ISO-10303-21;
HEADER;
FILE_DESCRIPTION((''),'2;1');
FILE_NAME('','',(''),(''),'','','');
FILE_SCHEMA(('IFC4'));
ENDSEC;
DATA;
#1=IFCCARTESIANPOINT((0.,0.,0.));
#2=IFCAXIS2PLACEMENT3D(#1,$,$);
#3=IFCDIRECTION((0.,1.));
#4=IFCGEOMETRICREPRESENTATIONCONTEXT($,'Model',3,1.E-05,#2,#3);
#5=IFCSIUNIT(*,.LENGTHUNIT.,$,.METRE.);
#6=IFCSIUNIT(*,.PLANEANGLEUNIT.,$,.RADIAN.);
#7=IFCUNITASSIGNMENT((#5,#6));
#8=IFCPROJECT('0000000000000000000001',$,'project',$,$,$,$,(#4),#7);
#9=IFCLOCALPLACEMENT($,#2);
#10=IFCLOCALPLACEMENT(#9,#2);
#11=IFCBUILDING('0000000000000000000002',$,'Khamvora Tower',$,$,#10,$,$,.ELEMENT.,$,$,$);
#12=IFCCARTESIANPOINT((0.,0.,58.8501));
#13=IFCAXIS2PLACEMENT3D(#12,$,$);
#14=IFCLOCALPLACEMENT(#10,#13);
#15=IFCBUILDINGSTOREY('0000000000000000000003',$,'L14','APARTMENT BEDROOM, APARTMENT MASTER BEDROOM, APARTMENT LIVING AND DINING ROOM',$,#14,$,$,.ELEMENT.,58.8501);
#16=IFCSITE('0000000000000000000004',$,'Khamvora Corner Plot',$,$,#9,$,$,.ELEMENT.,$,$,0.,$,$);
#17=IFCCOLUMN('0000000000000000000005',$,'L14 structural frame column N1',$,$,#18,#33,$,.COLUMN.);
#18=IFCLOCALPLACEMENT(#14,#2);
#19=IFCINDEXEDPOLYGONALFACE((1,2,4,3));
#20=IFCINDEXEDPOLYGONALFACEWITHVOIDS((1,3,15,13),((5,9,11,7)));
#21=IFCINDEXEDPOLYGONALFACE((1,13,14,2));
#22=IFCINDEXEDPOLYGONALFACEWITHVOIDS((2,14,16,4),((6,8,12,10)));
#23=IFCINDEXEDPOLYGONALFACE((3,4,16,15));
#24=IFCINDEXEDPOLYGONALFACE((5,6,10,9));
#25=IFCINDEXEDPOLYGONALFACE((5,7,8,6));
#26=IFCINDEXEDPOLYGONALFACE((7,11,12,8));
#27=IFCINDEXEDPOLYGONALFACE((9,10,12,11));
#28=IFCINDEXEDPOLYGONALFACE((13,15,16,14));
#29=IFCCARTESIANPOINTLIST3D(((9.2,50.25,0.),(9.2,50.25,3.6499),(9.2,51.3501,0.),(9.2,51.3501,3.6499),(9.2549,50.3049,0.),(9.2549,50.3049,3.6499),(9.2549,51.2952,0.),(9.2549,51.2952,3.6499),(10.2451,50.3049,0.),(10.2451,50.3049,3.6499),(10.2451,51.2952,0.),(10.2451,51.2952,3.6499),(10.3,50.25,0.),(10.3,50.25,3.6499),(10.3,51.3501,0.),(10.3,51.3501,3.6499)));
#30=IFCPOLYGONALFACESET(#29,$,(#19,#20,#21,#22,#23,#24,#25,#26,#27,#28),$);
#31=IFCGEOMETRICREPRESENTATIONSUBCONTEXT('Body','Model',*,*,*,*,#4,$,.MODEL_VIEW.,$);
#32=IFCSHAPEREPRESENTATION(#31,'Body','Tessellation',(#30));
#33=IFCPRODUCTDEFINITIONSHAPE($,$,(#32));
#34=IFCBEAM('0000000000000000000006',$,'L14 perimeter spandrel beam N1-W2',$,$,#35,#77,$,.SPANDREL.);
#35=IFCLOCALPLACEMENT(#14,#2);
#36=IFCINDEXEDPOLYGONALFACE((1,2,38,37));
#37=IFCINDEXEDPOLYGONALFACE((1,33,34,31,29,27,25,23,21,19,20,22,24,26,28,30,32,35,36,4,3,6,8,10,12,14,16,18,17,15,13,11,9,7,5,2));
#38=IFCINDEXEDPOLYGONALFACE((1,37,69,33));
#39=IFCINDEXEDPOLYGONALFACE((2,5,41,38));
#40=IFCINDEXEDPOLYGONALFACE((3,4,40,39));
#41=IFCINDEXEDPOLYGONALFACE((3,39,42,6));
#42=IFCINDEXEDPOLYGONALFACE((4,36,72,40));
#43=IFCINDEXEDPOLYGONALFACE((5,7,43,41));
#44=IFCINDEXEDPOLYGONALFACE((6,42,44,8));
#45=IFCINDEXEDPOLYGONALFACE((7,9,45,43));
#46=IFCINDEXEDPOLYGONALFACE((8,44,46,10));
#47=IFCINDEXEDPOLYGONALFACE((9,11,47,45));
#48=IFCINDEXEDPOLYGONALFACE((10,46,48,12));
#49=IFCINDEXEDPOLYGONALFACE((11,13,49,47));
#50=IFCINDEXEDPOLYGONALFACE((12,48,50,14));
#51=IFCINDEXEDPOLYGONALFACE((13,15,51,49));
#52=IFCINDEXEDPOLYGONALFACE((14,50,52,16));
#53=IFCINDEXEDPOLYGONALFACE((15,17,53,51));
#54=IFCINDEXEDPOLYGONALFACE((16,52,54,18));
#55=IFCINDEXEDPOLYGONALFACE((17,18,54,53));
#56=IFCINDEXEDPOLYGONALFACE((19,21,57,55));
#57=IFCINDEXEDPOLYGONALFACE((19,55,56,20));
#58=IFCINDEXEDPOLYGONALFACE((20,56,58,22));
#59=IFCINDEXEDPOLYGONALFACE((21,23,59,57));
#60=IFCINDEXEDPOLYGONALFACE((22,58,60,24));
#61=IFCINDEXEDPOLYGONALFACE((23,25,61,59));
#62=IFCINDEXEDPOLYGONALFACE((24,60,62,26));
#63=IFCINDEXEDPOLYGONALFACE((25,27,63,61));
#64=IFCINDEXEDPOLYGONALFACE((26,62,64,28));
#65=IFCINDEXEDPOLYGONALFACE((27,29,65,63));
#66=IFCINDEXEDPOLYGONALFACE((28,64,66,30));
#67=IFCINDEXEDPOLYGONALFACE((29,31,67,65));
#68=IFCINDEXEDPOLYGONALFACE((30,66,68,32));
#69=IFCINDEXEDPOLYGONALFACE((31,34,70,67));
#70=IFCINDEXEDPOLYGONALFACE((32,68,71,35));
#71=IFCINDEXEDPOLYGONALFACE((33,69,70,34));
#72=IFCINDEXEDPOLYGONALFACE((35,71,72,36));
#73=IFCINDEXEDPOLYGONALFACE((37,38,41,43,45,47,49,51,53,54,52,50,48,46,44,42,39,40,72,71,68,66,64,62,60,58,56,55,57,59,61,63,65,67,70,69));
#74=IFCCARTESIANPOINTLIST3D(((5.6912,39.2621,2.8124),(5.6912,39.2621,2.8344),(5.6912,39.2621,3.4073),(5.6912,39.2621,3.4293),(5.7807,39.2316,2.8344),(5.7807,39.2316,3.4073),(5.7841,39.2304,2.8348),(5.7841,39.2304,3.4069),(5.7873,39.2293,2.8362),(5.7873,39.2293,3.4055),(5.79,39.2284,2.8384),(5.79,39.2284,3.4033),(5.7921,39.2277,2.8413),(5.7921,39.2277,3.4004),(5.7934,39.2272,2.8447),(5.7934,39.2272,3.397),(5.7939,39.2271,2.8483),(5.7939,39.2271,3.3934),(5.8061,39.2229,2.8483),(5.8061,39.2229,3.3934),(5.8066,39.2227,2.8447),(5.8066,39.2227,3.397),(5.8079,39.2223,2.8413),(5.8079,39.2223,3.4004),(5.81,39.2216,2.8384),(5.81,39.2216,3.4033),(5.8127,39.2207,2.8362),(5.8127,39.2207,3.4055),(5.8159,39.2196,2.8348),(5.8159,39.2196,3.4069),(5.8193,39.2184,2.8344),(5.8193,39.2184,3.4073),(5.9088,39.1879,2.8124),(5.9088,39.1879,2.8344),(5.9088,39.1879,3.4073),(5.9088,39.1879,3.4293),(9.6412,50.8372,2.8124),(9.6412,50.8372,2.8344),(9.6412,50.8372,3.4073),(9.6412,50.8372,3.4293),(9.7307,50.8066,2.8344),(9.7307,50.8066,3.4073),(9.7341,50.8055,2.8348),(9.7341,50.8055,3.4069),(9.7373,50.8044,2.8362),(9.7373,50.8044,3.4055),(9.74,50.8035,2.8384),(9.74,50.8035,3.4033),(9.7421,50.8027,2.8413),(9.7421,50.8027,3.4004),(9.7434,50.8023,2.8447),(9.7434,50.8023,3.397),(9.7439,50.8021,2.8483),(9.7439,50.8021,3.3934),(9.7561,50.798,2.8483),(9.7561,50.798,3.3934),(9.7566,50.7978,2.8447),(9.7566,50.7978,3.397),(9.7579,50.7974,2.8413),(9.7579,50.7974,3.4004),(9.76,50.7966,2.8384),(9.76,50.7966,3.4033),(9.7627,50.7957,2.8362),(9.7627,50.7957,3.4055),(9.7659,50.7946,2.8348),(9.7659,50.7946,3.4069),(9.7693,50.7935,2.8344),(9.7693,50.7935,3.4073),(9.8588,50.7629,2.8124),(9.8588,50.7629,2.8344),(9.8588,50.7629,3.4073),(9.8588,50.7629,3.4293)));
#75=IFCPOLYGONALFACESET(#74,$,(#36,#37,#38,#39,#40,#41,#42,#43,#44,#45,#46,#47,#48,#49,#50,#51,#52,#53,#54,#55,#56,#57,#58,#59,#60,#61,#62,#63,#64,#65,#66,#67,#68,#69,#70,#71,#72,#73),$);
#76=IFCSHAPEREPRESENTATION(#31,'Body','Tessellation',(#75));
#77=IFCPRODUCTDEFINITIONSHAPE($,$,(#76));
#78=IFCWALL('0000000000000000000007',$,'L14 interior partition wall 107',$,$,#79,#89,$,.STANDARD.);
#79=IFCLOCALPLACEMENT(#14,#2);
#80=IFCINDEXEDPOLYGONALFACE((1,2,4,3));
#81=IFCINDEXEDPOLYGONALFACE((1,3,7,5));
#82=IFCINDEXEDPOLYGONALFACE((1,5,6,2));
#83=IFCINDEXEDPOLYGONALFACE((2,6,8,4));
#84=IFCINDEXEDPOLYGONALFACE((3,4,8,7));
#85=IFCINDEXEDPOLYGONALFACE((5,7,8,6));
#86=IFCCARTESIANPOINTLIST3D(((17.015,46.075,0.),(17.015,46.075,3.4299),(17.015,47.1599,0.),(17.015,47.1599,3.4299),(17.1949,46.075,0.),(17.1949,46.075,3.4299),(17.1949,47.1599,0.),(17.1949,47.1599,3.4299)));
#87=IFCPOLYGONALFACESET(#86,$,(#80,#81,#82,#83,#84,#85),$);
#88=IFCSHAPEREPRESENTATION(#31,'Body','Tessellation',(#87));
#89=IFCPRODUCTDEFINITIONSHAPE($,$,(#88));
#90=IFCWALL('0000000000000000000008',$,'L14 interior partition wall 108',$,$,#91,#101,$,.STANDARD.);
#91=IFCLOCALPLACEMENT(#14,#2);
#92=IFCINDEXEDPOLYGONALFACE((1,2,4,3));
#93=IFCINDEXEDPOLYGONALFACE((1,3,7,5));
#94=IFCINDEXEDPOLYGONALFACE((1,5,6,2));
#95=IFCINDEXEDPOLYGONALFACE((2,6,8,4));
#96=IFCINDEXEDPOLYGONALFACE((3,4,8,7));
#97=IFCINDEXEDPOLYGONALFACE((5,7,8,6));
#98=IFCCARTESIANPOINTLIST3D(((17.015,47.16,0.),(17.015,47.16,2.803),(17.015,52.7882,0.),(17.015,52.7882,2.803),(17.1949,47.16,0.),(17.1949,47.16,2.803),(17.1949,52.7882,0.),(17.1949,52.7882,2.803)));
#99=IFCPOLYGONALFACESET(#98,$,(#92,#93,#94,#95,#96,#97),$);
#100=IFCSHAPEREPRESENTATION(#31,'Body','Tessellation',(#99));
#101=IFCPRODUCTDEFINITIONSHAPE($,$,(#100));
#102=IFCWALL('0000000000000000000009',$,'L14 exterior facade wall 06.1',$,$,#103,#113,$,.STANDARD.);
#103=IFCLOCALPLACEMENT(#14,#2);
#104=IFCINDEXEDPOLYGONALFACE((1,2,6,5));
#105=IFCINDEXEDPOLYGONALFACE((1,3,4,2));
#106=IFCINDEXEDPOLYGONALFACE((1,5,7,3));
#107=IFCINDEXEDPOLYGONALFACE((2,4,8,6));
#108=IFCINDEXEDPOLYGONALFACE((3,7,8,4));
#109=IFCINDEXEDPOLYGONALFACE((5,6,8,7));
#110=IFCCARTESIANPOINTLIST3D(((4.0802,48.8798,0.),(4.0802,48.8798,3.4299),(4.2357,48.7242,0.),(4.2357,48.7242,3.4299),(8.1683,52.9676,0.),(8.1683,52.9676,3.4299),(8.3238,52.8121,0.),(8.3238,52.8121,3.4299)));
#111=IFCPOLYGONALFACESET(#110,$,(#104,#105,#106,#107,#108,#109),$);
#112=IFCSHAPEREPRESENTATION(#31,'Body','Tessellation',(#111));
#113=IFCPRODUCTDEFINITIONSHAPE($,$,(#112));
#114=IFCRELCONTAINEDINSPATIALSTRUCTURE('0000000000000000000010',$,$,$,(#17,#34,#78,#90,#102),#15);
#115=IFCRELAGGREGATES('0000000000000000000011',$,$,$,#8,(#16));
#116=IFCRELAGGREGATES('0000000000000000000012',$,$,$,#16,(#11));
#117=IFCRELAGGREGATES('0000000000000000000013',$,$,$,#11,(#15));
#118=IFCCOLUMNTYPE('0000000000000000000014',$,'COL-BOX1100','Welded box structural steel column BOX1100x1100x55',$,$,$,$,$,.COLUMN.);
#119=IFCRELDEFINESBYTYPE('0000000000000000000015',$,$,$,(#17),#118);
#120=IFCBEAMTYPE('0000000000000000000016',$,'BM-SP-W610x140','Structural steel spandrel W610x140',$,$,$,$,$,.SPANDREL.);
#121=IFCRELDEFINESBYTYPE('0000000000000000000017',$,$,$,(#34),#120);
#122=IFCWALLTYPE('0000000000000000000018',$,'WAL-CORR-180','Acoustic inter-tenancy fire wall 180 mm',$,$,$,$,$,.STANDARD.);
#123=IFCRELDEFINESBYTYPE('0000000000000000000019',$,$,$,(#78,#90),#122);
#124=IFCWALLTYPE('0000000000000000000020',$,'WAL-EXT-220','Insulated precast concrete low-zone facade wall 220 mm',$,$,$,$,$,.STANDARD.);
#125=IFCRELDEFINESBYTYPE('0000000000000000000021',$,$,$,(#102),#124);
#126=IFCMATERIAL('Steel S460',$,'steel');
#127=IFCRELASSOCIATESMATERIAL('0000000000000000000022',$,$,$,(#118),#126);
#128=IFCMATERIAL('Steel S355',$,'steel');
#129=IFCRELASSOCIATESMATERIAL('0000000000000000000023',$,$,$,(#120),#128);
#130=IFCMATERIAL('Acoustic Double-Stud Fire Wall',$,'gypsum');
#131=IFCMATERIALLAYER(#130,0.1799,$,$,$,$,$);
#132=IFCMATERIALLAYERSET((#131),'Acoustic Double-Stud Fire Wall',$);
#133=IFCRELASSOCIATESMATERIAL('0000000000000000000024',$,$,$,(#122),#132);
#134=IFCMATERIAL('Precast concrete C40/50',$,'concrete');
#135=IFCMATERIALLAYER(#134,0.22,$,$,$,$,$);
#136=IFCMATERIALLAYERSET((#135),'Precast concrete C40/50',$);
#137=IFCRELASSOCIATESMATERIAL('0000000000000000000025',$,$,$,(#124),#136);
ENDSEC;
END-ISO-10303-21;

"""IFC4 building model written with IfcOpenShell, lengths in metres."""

from ifc_helpers import new_model, si_unit, direction, frame, frame_2d, origin, origin_2d, place, context, subcontext, project, spatial, rectangle, hollow_rectangle, i_section, extrude, material, layer, layer_set, material_profile, profile_set, type_object, element, save


model = new_model("IFC4")

# Units and contexts
model_context = context("Model", 3, precision=1e-05, world=origin(), true_north=direction((0.0, 1.0)))
body_context = subcontext(model_context, "Body", "Model", "MODEL_VIEW")
ifc_project = project(units=[si_unit("LENGTHUNIT", "METRE"), si_unit("PLANEANGLEUNIT", "RADIAN")], contexts=[model_context])

# Site, building, storey
site_placement = place(None, origin())
site = spatial("IfcSite", under=ifc_project, at=site_placement, Name="Khamvora Corner Plot", CompositionType="ELEMENT", RefElevation=0.0)
building_placement = place(site_placement, origin())
building = spatial("IfcBuilding", under=site, at=building_placement, Name="Khamvora Tower", CompositionType="ELEMENT")
storey_placement = place(building_placement, frame((0.0, 0.0, 58.8501)))
storey = spatial("IfcBuildingStorey", under=building, at=storey_placement, Name="L14", Description="APARTMENT BEDROOM, APARTMENT MASTER BEDROOM, APARTMENT LIVING AND DINING ROOM", CompositionType="ELEMENT", Elevation=58.8501)

# Column
ifc_material_1 = material(Name="Steel S460", Category="steel")
ifc_material_profile_1 = material_profile(ifc_material_1, hollow_rectangle(XDim=1.1001, YDim=1.1001, WallThickness=0.0549, at=origin_2d()), Name="BOX1100x1100x55")
ifc_profile_set_1 = profile_set([ifc_material_profile_1], Name="Steel S460")
column_type = type_object("IfcColumnType", Name="COL-BOX1100", Description="Welded box structural steel column BOX1100x1100x55", PredefinedType="COLUMN", material=ifc_profile_set_1)
column_placement = place(storey_placement, frame((9.75, 50.8, 0.0), z_axis=(0.0, 0.0, 1.0), x_axis=(1.0, 0.0, 0.0)))
element("IfcColumn", 1, at=column_placement, inside=storey, type_object=column_type, Name="L14 structural frame column N1", PredefinedType="COLUMN", context=body_context, shape_type="SweptSolid", body=[
    extrude(hollow_rectangle(XDim=1.1001, YDim=1.1001, WallThickness=0.0549, at=origin_2d()), origin(), (0.0, 0.0, 1.0), 3.6499),
])

# Beam
ifc_material_2 = material(Name="Steel S355", Category="steel")
ifc_material_profile_2 = material_profile(ifc_material_2, i_section(OverallWidth=0.23, OverallDepth=0.6169, WebThickness=0.0129, FlangeThickness=0.022, FilletRadius=0.0139, at=origin_2d()), Name="W610x140")
ifc_profile_set_2 = profile_set([ifc_material_profile_2], Name="Steel S355")
beam_type = type_object("IfcBeamType", Name="BM-SP-W610x140", Description="Structural steel spandrel W610x140", PredefinedType="SPANDREL", material=ifc_profile_set_2)
beam_placement = place(storey_placement, frame((9.75, 50.8, 3.1208), z_axis=(-0.322963, -0.946412, 0.0), x_axis=(0.946412, -0.322963, 0.0)))
element("IfcBeam", 2, at=beam_placement, inside=storey, type_object=beam_type, Name="L14 perimeter spandrel beam N1-W2", PredefinedType="SPANDREL", context=body_context, shape_type="SweptSolid", body=[
    extrude(i_section(OverallWidth=0.23, OverallDepth=0.6169, WebThickness=0.0129, FlangeThickness=0.022, FilletRadius=0.0139, at=origin_2d()), origin(), (0.0, 0.0, 1.0), 12.2305),
])

# Walls
ifc_material_3 = material(Name="Acoustic Double-Stud Fire Wall", Category="gypsum")
ifc_layer_1 = layer(ifc_material_3, 0.1799)
ifc_layer_set_1 = layer_set([ifc_layer_1], Name="Acoustic Double-Stud Fire Wall")
wall_type_1 = type_object("IfcWallType", Name="WAL-CORR-180", Description="Acoustic inter-tenancy fire wall 180 mm", PredefinedType="STANDARD", material=ifc_layer_set_1)
wall_1_placement = place(storey_placement, frame((17.105, 47.1599, 0.0), z_axis=(0.0, 0.0, 1.0), x_axis=(0.0, -1.0, 0.0)))
element("IfcWall", 3, at=wall_1_placement, inside=storey, type_object=wall_type_1, Name="L14 interior partition wall 107", PredefinedType="STANDARD", context=body_context, shape_type="SweptSolid", body=[
    extrude(rectangle(XDim=1.085, YDim=0.1799, at=frame_2d((0.5425, 0.0))), origin(), (0.0, 0.0, 1.0), 3.4299),
])
wall_2_placement = place(storey_placement, frame((17.105, 52.7881, 0.0), z_axis=(0.0, 0.0, 1.0), x_axis=(0.0, -1.0, 0.0)))
element("IfcWall", 4, at=wall_2_placement, inside=storey, type_object=wall_type_1, Name="L14 interior partition wall 108", PredefinedType="STANDARD", context=body_context, shape_type="SweptSolid", body=[
    extrude(rectangle(XDim=5.6282, YDim=0.1799, at=frame_2d((2.814, 0.0))), origin(), (0.0, 0.0, 1.0), 2.803),
])
ifc_material_4 = material(Name="Precast concrete C40/50", Category="concrete")
ifc_layer_2 = layer(ifc_material_4, 0.22)
ifc_layer_set_2 = layer_set([ifc_layer_2], Name="Precast concrete C40/50")
wall_type_2 = type_object("IfcWallType", Name="WAL-EXT-220", Description="Insulated precast concrete low-zone facade wall 220 mm", PredefinedType="STANDARD", material=ifc_layer_set_2)
wall_3_placement = place(storey_placement, frame((4.158, 48.802, 0.0), z_axis=(0.0, 0.0, 1.0), x_axis=(0.707128, 0.707086, 0.0)))
element("IfcWall", 5, at=wall_3_placement, inside=storey, type_object=wall_type_2, Name="L14 exterior facade wall 06.1", PredefinedType="STANDARD", context=body_context, shape_type="SweptSolid", body=[
    extrude(rectangle(XDim=5.7812, YDim=0.22, at=frame_2d((2.8906, 0.0))), origin(), (0.0, 0.0, 1.0), 3.4299),
])

save(model, "model.ifc")
